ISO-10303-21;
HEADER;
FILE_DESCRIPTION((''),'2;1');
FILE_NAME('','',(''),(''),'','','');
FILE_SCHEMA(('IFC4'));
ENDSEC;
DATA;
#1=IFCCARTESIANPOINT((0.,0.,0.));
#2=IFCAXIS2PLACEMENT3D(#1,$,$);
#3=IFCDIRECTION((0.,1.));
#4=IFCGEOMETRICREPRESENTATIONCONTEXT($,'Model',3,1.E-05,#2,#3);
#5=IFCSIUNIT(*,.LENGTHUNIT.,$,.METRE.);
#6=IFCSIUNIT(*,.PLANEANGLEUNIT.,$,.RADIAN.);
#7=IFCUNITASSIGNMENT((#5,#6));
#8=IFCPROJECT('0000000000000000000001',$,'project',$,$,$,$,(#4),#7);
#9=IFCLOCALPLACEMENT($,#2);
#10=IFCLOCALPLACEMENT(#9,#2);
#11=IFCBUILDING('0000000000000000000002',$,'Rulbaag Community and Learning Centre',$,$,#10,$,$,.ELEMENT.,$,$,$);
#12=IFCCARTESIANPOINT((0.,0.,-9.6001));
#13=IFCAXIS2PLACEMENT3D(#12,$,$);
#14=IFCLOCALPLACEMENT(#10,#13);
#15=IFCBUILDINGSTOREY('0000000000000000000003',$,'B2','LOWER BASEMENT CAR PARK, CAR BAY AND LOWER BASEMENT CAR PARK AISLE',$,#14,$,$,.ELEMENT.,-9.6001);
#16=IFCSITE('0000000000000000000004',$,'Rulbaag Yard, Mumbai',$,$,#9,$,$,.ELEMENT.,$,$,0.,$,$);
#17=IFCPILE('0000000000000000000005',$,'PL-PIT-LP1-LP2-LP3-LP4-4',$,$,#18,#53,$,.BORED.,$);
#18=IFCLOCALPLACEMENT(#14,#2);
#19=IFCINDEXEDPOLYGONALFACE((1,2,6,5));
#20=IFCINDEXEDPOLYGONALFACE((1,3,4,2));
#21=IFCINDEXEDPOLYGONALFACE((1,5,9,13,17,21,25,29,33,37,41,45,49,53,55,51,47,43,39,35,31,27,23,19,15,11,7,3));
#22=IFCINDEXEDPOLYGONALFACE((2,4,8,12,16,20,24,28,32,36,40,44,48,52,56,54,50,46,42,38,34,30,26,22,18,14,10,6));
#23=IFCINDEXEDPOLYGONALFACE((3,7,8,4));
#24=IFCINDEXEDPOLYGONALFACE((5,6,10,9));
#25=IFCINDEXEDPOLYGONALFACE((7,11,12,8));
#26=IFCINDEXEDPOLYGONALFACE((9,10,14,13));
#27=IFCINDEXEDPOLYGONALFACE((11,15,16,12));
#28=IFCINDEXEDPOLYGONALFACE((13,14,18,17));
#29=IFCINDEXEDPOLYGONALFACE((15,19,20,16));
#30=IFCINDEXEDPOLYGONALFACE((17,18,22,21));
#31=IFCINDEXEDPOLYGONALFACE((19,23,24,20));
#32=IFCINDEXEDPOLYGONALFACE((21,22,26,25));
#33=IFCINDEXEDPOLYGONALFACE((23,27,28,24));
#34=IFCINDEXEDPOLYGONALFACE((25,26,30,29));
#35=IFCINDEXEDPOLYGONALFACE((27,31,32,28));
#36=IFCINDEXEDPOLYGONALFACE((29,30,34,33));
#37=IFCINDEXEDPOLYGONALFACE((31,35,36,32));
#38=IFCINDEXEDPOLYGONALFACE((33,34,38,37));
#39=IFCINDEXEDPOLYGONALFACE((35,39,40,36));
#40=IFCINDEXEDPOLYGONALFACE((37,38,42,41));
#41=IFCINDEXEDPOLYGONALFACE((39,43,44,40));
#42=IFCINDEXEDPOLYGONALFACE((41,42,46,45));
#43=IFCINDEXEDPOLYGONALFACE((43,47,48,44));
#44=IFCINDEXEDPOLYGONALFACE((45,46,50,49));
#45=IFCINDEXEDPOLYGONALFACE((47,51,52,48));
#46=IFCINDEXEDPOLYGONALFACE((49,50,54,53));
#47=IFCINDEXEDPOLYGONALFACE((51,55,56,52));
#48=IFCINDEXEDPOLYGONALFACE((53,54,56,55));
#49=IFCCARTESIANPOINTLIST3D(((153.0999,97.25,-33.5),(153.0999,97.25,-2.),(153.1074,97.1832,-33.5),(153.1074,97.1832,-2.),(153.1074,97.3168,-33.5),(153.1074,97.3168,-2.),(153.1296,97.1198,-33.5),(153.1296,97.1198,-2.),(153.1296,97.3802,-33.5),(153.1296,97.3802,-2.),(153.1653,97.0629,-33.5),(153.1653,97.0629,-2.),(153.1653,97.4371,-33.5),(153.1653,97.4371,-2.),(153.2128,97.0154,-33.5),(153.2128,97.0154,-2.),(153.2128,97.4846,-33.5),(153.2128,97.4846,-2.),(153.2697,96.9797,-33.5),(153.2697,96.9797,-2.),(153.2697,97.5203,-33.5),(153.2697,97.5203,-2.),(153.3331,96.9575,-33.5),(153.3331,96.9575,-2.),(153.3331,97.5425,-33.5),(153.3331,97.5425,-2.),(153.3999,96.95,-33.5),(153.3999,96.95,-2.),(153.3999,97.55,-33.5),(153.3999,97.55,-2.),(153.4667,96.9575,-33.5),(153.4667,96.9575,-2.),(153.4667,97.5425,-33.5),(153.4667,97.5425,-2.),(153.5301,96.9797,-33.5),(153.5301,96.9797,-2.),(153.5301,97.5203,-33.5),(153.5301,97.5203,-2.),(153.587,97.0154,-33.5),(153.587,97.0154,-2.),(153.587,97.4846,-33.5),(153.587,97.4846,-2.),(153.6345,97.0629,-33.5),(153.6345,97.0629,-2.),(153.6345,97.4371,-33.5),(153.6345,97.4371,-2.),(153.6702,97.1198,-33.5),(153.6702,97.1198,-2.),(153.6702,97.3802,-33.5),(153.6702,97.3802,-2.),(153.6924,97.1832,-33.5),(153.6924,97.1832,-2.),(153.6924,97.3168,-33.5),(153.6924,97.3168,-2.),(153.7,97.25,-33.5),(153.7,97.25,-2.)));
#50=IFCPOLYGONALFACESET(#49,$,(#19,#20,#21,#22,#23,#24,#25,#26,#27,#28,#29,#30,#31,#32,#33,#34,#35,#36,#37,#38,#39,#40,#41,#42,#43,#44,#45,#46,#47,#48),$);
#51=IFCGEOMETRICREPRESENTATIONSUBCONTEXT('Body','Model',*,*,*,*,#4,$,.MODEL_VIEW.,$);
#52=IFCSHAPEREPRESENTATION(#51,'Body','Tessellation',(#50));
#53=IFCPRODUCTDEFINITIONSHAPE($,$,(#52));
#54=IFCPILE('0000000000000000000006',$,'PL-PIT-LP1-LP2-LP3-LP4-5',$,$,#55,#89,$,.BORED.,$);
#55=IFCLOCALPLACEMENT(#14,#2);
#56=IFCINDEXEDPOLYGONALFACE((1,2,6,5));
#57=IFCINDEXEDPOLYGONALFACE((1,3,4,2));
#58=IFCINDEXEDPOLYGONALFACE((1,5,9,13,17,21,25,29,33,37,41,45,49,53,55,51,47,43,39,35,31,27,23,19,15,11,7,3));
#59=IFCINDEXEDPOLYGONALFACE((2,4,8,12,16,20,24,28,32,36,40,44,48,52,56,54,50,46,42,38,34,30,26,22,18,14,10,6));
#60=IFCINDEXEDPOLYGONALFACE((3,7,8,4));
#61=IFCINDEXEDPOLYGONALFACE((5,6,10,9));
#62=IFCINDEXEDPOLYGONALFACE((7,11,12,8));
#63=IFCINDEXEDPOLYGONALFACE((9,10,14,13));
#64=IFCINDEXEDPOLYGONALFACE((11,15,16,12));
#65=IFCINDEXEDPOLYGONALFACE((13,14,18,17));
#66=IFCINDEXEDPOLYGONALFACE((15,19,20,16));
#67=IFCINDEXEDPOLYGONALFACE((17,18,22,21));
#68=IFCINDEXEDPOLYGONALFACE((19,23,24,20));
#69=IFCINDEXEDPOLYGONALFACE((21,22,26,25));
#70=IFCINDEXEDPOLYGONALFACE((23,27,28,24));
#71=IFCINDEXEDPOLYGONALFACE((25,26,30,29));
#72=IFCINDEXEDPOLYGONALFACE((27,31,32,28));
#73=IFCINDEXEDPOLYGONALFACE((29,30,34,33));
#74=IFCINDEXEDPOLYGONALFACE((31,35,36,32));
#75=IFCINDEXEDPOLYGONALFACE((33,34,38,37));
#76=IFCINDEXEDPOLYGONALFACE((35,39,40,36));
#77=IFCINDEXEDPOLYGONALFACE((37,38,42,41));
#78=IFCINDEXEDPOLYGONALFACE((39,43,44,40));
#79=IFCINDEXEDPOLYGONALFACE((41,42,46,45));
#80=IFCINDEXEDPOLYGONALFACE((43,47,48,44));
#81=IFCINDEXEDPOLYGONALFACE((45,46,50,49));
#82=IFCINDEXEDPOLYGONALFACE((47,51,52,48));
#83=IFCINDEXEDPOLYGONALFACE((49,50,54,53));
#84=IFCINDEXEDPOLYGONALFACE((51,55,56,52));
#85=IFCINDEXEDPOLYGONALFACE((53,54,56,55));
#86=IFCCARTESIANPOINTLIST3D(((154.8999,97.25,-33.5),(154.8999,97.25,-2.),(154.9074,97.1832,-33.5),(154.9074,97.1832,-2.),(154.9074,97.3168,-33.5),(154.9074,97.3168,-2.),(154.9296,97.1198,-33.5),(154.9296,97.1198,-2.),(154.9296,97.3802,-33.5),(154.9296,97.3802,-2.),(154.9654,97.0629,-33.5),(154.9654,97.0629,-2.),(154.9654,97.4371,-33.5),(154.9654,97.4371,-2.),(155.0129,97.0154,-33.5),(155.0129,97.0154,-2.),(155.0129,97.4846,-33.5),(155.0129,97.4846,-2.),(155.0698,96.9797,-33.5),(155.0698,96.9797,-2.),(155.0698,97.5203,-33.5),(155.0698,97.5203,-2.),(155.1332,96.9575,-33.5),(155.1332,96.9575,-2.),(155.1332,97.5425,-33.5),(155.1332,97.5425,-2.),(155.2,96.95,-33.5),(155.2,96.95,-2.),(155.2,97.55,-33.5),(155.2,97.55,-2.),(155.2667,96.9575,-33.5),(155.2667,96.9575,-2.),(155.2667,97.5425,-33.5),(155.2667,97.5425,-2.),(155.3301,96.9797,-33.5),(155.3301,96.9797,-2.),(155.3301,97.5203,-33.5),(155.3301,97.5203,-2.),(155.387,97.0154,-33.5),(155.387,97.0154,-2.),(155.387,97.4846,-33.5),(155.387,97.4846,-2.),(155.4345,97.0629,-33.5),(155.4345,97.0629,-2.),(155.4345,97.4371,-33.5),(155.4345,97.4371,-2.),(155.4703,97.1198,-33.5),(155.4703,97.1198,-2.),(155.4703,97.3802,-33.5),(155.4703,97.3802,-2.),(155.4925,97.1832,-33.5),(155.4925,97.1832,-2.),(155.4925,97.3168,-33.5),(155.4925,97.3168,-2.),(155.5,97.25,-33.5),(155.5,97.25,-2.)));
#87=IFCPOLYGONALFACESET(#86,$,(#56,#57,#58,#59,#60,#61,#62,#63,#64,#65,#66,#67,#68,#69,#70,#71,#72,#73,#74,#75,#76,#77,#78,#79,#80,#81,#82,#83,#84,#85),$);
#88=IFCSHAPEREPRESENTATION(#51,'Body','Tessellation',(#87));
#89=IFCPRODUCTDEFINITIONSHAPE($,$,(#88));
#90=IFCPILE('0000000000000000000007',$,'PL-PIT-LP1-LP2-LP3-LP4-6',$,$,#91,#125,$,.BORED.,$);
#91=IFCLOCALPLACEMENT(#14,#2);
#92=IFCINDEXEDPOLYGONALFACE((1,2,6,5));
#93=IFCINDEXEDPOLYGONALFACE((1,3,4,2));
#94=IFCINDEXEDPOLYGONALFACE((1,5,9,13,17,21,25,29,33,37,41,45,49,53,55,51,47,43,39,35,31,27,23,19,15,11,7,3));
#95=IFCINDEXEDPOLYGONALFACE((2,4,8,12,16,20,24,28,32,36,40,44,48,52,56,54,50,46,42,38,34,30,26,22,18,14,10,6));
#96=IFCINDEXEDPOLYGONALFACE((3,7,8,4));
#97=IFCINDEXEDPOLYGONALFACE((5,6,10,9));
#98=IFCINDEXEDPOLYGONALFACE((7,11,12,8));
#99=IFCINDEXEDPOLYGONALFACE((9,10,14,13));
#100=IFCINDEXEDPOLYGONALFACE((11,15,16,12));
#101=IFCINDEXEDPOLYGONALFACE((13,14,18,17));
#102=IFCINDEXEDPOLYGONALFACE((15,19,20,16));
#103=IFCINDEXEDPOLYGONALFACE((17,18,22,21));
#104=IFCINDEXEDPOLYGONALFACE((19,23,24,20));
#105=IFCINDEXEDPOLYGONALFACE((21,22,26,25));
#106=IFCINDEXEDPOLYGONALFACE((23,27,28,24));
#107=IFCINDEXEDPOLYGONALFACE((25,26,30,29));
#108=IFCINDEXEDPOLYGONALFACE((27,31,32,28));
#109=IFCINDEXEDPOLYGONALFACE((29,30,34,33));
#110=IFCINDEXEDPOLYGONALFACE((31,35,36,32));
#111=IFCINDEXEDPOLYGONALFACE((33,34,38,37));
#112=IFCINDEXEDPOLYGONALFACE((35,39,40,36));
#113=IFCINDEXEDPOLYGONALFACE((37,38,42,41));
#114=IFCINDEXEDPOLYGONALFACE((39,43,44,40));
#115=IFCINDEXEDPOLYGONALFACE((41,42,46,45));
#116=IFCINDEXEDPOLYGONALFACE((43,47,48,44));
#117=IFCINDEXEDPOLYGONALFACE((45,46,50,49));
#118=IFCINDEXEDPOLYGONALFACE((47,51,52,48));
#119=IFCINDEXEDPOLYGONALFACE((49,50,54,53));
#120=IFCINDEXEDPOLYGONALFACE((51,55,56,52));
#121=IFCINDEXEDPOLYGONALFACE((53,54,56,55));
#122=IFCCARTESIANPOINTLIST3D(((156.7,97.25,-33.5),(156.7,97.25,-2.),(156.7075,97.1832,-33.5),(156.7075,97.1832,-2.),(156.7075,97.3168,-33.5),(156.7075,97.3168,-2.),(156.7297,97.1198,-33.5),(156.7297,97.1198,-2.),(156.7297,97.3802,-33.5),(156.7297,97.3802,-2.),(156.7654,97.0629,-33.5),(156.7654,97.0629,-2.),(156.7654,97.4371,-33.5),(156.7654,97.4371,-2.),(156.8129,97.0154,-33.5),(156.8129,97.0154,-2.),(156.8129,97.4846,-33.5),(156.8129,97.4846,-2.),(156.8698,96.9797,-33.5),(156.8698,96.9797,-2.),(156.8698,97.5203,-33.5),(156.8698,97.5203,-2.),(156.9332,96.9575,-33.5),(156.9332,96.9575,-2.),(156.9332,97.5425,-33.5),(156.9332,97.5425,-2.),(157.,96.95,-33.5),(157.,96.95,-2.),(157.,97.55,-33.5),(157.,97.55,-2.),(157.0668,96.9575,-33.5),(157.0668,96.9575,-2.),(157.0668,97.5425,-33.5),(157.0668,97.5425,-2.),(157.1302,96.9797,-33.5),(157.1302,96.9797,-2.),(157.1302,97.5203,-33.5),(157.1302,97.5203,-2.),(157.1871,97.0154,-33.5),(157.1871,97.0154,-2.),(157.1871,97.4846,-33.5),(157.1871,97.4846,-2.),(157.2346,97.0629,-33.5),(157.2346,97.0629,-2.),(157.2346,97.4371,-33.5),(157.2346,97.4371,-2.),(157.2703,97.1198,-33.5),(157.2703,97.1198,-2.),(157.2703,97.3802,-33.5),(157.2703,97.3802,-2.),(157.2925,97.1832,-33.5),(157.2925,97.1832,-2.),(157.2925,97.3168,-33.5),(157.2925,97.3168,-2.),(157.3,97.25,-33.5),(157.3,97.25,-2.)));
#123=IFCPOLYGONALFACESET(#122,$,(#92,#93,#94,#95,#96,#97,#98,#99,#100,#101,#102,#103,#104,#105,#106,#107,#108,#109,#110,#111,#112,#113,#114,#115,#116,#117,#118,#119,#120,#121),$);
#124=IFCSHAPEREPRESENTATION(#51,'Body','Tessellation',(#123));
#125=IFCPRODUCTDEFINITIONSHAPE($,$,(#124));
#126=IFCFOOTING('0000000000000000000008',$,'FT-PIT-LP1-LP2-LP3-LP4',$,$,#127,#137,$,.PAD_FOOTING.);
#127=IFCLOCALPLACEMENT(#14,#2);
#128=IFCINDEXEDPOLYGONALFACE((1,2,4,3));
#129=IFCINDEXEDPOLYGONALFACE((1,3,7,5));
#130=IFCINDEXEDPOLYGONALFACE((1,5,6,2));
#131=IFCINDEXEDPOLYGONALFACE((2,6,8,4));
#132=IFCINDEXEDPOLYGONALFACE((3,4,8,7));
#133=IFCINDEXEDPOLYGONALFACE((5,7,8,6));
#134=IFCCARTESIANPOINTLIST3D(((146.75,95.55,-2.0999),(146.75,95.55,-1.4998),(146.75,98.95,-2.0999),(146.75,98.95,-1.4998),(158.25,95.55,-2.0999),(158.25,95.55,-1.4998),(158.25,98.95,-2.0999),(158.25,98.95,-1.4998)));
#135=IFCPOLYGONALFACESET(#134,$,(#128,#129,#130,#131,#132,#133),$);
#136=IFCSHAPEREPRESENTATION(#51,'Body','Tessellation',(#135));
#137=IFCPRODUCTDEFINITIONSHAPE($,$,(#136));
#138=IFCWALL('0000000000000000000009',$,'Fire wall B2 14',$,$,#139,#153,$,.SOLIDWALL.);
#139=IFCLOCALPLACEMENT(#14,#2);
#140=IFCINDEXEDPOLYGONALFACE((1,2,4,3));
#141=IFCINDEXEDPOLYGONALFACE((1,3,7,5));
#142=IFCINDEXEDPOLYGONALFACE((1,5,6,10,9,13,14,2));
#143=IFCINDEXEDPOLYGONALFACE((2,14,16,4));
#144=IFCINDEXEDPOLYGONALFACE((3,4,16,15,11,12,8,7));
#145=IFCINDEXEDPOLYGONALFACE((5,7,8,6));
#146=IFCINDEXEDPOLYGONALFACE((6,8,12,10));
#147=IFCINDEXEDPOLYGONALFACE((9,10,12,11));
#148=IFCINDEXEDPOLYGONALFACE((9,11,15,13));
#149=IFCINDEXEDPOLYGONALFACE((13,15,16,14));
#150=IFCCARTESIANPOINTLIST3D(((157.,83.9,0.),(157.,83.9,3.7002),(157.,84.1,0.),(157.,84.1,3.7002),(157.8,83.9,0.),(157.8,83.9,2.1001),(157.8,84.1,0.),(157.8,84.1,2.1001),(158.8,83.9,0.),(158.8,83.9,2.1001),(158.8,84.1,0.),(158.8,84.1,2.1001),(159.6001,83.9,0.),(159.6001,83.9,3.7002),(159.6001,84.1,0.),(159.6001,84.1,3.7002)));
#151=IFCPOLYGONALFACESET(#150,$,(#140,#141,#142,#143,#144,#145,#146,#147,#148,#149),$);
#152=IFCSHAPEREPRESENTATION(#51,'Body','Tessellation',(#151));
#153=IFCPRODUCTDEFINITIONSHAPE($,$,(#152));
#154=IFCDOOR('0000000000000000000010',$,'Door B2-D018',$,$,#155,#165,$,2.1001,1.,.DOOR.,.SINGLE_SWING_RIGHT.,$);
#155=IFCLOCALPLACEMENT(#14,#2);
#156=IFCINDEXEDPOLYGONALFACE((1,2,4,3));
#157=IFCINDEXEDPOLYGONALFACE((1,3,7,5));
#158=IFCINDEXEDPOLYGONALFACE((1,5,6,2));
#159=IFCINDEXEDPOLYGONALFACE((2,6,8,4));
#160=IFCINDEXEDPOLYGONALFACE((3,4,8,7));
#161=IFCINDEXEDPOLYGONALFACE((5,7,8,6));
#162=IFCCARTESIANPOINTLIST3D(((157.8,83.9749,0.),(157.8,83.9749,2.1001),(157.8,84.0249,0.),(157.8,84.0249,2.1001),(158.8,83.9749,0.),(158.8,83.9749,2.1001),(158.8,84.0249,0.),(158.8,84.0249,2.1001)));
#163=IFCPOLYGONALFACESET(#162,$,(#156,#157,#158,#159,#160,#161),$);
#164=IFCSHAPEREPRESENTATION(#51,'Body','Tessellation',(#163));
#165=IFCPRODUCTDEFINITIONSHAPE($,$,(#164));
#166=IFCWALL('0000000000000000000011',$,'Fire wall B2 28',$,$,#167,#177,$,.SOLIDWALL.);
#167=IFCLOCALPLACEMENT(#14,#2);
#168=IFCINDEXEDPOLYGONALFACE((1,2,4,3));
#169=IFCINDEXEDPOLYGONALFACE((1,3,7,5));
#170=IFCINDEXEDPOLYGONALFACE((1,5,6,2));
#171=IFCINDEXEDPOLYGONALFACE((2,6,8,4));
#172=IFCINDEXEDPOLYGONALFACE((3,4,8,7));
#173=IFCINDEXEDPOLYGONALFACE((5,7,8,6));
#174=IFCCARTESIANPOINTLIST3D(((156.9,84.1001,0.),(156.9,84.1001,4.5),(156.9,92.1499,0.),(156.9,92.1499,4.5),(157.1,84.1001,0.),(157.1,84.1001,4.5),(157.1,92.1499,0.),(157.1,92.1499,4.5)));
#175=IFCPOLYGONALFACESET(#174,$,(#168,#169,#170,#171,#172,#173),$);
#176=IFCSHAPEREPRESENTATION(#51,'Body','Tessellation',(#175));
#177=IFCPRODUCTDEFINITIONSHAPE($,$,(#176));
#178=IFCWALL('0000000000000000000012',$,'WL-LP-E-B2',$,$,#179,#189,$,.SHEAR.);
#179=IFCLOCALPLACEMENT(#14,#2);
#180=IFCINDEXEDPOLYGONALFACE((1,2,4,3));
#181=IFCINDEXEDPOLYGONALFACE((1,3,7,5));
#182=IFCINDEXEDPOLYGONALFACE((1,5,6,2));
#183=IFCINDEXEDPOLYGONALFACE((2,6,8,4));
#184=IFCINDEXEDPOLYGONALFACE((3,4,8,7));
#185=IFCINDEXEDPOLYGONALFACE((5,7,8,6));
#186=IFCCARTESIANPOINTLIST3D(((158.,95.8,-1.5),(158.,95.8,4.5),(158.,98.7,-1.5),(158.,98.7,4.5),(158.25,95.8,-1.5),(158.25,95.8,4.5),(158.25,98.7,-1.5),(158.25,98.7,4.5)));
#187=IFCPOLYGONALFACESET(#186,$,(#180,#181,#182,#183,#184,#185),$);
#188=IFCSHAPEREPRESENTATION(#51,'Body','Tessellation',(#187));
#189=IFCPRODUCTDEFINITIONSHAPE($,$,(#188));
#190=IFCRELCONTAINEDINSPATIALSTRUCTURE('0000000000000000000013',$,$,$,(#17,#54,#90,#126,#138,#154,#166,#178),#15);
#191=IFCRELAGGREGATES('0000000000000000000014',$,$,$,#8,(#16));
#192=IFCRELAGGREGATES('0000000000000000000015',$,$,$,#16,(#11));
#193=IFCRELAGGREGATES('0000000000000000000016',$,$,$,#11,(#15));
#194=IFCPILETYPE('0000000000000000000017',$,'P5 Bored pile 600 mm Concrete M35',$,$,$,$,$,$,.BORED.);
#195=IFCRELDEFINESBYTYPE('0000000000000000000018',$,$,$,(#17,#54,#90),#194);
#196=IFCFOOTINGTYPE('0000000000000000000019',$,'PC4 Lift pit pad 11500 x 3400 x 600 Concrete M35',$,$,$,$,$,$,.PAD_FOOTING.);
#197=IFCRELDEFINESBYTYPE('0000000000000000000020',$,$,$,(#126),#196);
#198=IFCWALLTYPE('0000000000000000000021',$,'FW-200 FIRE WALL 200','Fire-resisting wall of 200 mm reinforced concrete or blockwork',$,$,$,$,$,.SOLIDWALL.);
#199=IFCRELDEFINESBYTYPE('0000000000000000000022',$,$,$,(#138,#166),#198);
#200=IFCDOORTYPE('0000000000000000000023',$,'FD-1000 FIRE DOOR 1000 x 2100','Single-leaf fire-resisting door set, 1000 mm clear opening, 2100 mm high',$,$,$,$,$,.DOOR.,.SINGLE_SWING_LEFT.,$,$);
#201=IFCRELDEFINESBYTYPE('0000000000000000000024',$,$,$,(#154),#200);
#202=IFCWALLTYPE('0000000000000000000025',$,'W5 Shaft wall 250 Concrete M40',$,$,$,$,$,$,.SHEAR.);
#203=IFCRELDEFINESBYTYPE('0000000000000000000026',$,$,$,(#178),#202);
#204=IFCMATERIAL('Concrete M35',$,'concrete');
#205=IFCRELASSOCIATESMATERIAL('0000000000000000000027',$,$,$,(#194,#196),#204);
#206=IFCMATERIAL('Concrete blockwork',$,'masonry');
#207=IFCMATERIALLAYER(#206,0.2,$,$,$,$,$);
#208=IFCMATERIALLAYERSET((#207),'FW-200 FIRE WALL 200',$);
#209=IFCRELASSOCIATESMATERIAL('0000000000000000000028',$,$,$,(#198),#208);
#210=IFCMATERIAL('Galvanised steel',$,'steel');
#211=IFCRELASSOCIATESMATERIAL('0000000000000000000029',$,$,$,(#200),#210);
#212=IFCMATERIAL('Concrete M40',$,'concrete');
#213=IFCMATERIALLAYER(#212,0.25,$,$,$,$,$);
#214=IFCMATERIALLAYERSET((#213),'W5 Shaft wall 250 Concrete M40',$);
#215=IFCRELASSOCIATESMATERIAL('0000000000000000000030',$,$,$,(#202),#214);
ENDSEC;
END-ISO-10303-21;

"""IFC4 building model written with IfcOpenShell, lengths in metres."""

from ifc_helpers import new_model, si_unit, direction, frame, frame_2d, origin, origin_2d, place, context, subcontext, project, spatial, rectangle, circle, extrude, material, layer, layer_set, material_profile, profile_set, type_object, element, fill, save


model = new_model("IFC4")

# Units and contexts
model_context = context("Model", 3, precision=1e-05, world=origin(), true_north=direction((0.0, 1.0)))
body_context = subcontext(model_context, "Body", "Model", "MODEL_VIEW")
ifc_project = project(units=[si_unit("LENGTHUNIT", "METRE"), si_unit("PLANEANGLEUNIT", "RADIAN")], contexts=[model_context])

# Site, building, storey
site_placement = place(None, origin())
site = spatial("IfcSite", under=ifc_project, at=site_placement, Name="Rulbaag Yard, Mumbai", CompositionType="ELEMENT", RefElevation=0.0)
building_placement = place(site_placement, origin())
building = spatial("IfcBuilding", under=site, at=building_placement, Name="Rulbaag Community and Learning Centre", CompositionType="ELEMENT")
storey_placement = place(building_placement, frame((0.0, 0.0, -9.6001)))
storey = spatial("IfcBuildingStorey", under=building, at=storey_placement, Name="B2", Description="LOWER BASEMENT CAR PARK, CAR BAY AND LOWER BASEMENT CAR PARK AISLE", CompositionType="ELEMENT", Elevation=-9.6001)

# Piles
ifc_material_1 = material(Name="Concrete M35", Category="concrete")
ifc_material_profile_1 = material_profile(ifc_material_1, circle(Radius=0.3, at=origin_2d()), Name="BP600")
ifc_profile_set_1 = profile_set([ifc_material_profile_1], Name="Concrete M35")
pile_type_1 = type_object("IfcPileType", Name="P5 Bored pile 600 mm Concrete M35", PredefinedType="BORED", material=ifc_profile_set_1)
for number, where, z_axis, x_axis, name in (
    (1, (153.3999, 97.25, -2.0), (0.0, 0.0, -1.0), (1.0, 0.0, 0.0), "PL-PIT-LP1-LP2-LP3-LP4-4"),
    (2, (155.2, 97.25, -2.0), (0.0, 0.0, -1.0), (1.0, 0.0, 0.0), "PL-PIT-LP1-LP2-LP3-LP4-5"),
    (3, (157.0, 97.25, -2.0), (0.0, 0.0, -1.0), (1.0, 0.0, 0.0), "PL-PIT-LP1-LP2-LP3-LP4-6"),
):
    element("IfcPile", number, at=place(storey_placement, frame(where, z_axis=z_axis, x_axis=x_axis)), inside=storey, type_object=pile_type_1, Name=name, PredefinedType="BORED", context=body_context, shape_type="SweptSolid", body=[
        extrude(circle(Radius=0.3, at=origin_2d()), origin(), (0.0, 0.0, 1.0), 31.5),
    ])

# Footing
footing_type = type_object("IfcFootingType", Name="PC4 Lift pit pad 11500 x 3400 x 600 Concrete M35", PredefinedType="PAD_FOOTING", material=ifc_material_1)
footing_placement = place(storey_placement, frame((152.5, 97.25, -2.0999), z_axis=(0.0, 0.0, 1.0), x_axis=(1.0, 0.0, 0.0)))
element("IfcFooting", 4, at=footing_placement, inside=storey, type_object=footing_type, Name="FT-PIT-LP1-LP2-LP3-LP4", PredefinedType="PAD_FOOTING", context=body_context, shape_type="SweptSolid", body=[
    extrude(rectangle(XDim=11.5, YDim=3.3999, at=origin_2d()), origin(), (0.0, 0.0, 1.0), 0.6001),
])

# Wall, opening, door
ifc_material_2 = material(Name="Concrete blockwork", Category="masonry")
ifc_layer_1 = layer(ifc_material_2, 0.2)
ifc_layer_set_1 = layer_set([ifc_layer_1], Name="FW-200 FIRE WALL 200")
wall_type_1 = type_object("IfcWallType", Name="FW-200 FIRE WALL 200", Description="Fire-resisting wall of 200 mm reinforced concrete or blockwork", PredefinedType="SOLIDWALL", material=ifc_layer_set_1)
wall_1_placement = place(storey_placement, frame((157.0, 84.0, 0.0), z_axis=(0.0, 0.0, 1.0), x_axis=(1.0, 0.0, 0.0)))
wall_1 = element("IfcWall", 5, at=wall_1_placement, inside=storey, type_object=wall_type_1, Name="Fire wall B2 14", PredefinedType="SOLIDWALL", context=body_context, shape_type="SweptSolid", body=[
    extrude(rectangle(XDim=2.6001, YDim=0.2, at=frame_2d((1.3, 0.0))), origin(), (0.0, 0.0, 1.0), 3.7002),
])
opening_placement = place(wall_1_placement, frame((0.8, 0.0, 0.0)))
opening = element("IfcOpeningElement", 6, at=opening_placement, cuts=wall_1, PredefinedType="OPENING", context=body_context, shape_type="SweptSolid", body=[
    extrude(rectangle(XDim=1.0, YDim=2.1001, at=frame_2d((0.5, 1.05))), frame((0.0, 0.1099, 0.0), z_axis=(0.0, -1.0, 0.0), x_axis=(1.0, 0.0, 0.0)), (0.0, 0.0, 1.0), 0.22),
])
ifc_material_3 = material(Name="Galvanised steel", Category="steel")
door_type = type_object("IfcDoorType", Name="FD-1000 FIRE DOOR 1000 x 2100", Description="Single-leaf fire-resisting door set, 1000 mm clear opening, 2100 mm high", OperationType="SINGLE_SWING_LEFT", PredefinedType="DOOR", material=ifc_material_3)
door_placement = place(opening_placement, origin())
door = element("IfcDoor", 7, at=door_placement, inside=storey, type_object=door_type, Name="Door B2-D018", OperationType="SINGLE_SWING_RIGHT", OverallHeight=2.1001, OverallWidth=1.0, PredefinedType="DOOR", context=body_context, shape_type="SweptSolid", body=[
    extrude(rectangle(XDim=1.0, YDim=2.1001, at=frame_2d((0.5, 1.05))), frame((0.0, 0.0249, 0.0), z_axis=(0.0, -1.0, 0.0), x_axis=(1.0, 0.0, 0.0)), (0.0, 0.0, 1.0), 0.05),
])
fill(opening, door)

# Walls
wall_2_placement = place(storey_placement, frame((157.0, 84.1001, 0.0), z_axis=(0.0, 0.0, 1.0), x_axis=(0.0, 1.0, 0.0)))
element("IfcWall", 8, at=wall_2_placement, inside=storey, type_object=wall_type_1, Name="Fire wall B2 28", PredefinedType="SOLIDWALL", context=body_context, shape_type="SweptSolid", body=[
    extrude(rectangle(XDim=8.0498, YDim=0.2, at=frame_2d((4.0249, 0.0))), origin(), (0.0, 0.0, 1.0), 4.5),
])
ifc_material_4 = material(Name="Concrete M40", Category="concrete")
ifc_layer_2 = layer(ifc_material_4, 0.25)
ifc_layer_set_2 = layer_set([ifc_layer_2], Name="W5 Shaft wall 250 Concrete M40")
wall_type_2 = type_object("IfcWallType", Name="W5 Shaft wall 250 Concrete M40", PredefinedType="SHEAR", material=ifc_layer_set_2)
wall_3_placement = place(storey_placement, frame((158.125, 95.8, -1.5), z_axis=(0.0, 0.0, 1.0), x_axis=(0.0, 1.0, 0.0)))
element("IfcWall", 9, at=wall_3_placement, inside=storey, type_object=wall_type_2, Name="WL-LP-E-B2", PredefinedType="SHEAR", context=body_context, shape_type="SweptSolid", body=[
    extrude(rectangle(XDim=2.8999, YDim=0.25, at=frame_2d((1.45, 0.0))), origin(), (0.0, 0.0, 1.0), 6.0),
])

save(model, "model.ifc")
